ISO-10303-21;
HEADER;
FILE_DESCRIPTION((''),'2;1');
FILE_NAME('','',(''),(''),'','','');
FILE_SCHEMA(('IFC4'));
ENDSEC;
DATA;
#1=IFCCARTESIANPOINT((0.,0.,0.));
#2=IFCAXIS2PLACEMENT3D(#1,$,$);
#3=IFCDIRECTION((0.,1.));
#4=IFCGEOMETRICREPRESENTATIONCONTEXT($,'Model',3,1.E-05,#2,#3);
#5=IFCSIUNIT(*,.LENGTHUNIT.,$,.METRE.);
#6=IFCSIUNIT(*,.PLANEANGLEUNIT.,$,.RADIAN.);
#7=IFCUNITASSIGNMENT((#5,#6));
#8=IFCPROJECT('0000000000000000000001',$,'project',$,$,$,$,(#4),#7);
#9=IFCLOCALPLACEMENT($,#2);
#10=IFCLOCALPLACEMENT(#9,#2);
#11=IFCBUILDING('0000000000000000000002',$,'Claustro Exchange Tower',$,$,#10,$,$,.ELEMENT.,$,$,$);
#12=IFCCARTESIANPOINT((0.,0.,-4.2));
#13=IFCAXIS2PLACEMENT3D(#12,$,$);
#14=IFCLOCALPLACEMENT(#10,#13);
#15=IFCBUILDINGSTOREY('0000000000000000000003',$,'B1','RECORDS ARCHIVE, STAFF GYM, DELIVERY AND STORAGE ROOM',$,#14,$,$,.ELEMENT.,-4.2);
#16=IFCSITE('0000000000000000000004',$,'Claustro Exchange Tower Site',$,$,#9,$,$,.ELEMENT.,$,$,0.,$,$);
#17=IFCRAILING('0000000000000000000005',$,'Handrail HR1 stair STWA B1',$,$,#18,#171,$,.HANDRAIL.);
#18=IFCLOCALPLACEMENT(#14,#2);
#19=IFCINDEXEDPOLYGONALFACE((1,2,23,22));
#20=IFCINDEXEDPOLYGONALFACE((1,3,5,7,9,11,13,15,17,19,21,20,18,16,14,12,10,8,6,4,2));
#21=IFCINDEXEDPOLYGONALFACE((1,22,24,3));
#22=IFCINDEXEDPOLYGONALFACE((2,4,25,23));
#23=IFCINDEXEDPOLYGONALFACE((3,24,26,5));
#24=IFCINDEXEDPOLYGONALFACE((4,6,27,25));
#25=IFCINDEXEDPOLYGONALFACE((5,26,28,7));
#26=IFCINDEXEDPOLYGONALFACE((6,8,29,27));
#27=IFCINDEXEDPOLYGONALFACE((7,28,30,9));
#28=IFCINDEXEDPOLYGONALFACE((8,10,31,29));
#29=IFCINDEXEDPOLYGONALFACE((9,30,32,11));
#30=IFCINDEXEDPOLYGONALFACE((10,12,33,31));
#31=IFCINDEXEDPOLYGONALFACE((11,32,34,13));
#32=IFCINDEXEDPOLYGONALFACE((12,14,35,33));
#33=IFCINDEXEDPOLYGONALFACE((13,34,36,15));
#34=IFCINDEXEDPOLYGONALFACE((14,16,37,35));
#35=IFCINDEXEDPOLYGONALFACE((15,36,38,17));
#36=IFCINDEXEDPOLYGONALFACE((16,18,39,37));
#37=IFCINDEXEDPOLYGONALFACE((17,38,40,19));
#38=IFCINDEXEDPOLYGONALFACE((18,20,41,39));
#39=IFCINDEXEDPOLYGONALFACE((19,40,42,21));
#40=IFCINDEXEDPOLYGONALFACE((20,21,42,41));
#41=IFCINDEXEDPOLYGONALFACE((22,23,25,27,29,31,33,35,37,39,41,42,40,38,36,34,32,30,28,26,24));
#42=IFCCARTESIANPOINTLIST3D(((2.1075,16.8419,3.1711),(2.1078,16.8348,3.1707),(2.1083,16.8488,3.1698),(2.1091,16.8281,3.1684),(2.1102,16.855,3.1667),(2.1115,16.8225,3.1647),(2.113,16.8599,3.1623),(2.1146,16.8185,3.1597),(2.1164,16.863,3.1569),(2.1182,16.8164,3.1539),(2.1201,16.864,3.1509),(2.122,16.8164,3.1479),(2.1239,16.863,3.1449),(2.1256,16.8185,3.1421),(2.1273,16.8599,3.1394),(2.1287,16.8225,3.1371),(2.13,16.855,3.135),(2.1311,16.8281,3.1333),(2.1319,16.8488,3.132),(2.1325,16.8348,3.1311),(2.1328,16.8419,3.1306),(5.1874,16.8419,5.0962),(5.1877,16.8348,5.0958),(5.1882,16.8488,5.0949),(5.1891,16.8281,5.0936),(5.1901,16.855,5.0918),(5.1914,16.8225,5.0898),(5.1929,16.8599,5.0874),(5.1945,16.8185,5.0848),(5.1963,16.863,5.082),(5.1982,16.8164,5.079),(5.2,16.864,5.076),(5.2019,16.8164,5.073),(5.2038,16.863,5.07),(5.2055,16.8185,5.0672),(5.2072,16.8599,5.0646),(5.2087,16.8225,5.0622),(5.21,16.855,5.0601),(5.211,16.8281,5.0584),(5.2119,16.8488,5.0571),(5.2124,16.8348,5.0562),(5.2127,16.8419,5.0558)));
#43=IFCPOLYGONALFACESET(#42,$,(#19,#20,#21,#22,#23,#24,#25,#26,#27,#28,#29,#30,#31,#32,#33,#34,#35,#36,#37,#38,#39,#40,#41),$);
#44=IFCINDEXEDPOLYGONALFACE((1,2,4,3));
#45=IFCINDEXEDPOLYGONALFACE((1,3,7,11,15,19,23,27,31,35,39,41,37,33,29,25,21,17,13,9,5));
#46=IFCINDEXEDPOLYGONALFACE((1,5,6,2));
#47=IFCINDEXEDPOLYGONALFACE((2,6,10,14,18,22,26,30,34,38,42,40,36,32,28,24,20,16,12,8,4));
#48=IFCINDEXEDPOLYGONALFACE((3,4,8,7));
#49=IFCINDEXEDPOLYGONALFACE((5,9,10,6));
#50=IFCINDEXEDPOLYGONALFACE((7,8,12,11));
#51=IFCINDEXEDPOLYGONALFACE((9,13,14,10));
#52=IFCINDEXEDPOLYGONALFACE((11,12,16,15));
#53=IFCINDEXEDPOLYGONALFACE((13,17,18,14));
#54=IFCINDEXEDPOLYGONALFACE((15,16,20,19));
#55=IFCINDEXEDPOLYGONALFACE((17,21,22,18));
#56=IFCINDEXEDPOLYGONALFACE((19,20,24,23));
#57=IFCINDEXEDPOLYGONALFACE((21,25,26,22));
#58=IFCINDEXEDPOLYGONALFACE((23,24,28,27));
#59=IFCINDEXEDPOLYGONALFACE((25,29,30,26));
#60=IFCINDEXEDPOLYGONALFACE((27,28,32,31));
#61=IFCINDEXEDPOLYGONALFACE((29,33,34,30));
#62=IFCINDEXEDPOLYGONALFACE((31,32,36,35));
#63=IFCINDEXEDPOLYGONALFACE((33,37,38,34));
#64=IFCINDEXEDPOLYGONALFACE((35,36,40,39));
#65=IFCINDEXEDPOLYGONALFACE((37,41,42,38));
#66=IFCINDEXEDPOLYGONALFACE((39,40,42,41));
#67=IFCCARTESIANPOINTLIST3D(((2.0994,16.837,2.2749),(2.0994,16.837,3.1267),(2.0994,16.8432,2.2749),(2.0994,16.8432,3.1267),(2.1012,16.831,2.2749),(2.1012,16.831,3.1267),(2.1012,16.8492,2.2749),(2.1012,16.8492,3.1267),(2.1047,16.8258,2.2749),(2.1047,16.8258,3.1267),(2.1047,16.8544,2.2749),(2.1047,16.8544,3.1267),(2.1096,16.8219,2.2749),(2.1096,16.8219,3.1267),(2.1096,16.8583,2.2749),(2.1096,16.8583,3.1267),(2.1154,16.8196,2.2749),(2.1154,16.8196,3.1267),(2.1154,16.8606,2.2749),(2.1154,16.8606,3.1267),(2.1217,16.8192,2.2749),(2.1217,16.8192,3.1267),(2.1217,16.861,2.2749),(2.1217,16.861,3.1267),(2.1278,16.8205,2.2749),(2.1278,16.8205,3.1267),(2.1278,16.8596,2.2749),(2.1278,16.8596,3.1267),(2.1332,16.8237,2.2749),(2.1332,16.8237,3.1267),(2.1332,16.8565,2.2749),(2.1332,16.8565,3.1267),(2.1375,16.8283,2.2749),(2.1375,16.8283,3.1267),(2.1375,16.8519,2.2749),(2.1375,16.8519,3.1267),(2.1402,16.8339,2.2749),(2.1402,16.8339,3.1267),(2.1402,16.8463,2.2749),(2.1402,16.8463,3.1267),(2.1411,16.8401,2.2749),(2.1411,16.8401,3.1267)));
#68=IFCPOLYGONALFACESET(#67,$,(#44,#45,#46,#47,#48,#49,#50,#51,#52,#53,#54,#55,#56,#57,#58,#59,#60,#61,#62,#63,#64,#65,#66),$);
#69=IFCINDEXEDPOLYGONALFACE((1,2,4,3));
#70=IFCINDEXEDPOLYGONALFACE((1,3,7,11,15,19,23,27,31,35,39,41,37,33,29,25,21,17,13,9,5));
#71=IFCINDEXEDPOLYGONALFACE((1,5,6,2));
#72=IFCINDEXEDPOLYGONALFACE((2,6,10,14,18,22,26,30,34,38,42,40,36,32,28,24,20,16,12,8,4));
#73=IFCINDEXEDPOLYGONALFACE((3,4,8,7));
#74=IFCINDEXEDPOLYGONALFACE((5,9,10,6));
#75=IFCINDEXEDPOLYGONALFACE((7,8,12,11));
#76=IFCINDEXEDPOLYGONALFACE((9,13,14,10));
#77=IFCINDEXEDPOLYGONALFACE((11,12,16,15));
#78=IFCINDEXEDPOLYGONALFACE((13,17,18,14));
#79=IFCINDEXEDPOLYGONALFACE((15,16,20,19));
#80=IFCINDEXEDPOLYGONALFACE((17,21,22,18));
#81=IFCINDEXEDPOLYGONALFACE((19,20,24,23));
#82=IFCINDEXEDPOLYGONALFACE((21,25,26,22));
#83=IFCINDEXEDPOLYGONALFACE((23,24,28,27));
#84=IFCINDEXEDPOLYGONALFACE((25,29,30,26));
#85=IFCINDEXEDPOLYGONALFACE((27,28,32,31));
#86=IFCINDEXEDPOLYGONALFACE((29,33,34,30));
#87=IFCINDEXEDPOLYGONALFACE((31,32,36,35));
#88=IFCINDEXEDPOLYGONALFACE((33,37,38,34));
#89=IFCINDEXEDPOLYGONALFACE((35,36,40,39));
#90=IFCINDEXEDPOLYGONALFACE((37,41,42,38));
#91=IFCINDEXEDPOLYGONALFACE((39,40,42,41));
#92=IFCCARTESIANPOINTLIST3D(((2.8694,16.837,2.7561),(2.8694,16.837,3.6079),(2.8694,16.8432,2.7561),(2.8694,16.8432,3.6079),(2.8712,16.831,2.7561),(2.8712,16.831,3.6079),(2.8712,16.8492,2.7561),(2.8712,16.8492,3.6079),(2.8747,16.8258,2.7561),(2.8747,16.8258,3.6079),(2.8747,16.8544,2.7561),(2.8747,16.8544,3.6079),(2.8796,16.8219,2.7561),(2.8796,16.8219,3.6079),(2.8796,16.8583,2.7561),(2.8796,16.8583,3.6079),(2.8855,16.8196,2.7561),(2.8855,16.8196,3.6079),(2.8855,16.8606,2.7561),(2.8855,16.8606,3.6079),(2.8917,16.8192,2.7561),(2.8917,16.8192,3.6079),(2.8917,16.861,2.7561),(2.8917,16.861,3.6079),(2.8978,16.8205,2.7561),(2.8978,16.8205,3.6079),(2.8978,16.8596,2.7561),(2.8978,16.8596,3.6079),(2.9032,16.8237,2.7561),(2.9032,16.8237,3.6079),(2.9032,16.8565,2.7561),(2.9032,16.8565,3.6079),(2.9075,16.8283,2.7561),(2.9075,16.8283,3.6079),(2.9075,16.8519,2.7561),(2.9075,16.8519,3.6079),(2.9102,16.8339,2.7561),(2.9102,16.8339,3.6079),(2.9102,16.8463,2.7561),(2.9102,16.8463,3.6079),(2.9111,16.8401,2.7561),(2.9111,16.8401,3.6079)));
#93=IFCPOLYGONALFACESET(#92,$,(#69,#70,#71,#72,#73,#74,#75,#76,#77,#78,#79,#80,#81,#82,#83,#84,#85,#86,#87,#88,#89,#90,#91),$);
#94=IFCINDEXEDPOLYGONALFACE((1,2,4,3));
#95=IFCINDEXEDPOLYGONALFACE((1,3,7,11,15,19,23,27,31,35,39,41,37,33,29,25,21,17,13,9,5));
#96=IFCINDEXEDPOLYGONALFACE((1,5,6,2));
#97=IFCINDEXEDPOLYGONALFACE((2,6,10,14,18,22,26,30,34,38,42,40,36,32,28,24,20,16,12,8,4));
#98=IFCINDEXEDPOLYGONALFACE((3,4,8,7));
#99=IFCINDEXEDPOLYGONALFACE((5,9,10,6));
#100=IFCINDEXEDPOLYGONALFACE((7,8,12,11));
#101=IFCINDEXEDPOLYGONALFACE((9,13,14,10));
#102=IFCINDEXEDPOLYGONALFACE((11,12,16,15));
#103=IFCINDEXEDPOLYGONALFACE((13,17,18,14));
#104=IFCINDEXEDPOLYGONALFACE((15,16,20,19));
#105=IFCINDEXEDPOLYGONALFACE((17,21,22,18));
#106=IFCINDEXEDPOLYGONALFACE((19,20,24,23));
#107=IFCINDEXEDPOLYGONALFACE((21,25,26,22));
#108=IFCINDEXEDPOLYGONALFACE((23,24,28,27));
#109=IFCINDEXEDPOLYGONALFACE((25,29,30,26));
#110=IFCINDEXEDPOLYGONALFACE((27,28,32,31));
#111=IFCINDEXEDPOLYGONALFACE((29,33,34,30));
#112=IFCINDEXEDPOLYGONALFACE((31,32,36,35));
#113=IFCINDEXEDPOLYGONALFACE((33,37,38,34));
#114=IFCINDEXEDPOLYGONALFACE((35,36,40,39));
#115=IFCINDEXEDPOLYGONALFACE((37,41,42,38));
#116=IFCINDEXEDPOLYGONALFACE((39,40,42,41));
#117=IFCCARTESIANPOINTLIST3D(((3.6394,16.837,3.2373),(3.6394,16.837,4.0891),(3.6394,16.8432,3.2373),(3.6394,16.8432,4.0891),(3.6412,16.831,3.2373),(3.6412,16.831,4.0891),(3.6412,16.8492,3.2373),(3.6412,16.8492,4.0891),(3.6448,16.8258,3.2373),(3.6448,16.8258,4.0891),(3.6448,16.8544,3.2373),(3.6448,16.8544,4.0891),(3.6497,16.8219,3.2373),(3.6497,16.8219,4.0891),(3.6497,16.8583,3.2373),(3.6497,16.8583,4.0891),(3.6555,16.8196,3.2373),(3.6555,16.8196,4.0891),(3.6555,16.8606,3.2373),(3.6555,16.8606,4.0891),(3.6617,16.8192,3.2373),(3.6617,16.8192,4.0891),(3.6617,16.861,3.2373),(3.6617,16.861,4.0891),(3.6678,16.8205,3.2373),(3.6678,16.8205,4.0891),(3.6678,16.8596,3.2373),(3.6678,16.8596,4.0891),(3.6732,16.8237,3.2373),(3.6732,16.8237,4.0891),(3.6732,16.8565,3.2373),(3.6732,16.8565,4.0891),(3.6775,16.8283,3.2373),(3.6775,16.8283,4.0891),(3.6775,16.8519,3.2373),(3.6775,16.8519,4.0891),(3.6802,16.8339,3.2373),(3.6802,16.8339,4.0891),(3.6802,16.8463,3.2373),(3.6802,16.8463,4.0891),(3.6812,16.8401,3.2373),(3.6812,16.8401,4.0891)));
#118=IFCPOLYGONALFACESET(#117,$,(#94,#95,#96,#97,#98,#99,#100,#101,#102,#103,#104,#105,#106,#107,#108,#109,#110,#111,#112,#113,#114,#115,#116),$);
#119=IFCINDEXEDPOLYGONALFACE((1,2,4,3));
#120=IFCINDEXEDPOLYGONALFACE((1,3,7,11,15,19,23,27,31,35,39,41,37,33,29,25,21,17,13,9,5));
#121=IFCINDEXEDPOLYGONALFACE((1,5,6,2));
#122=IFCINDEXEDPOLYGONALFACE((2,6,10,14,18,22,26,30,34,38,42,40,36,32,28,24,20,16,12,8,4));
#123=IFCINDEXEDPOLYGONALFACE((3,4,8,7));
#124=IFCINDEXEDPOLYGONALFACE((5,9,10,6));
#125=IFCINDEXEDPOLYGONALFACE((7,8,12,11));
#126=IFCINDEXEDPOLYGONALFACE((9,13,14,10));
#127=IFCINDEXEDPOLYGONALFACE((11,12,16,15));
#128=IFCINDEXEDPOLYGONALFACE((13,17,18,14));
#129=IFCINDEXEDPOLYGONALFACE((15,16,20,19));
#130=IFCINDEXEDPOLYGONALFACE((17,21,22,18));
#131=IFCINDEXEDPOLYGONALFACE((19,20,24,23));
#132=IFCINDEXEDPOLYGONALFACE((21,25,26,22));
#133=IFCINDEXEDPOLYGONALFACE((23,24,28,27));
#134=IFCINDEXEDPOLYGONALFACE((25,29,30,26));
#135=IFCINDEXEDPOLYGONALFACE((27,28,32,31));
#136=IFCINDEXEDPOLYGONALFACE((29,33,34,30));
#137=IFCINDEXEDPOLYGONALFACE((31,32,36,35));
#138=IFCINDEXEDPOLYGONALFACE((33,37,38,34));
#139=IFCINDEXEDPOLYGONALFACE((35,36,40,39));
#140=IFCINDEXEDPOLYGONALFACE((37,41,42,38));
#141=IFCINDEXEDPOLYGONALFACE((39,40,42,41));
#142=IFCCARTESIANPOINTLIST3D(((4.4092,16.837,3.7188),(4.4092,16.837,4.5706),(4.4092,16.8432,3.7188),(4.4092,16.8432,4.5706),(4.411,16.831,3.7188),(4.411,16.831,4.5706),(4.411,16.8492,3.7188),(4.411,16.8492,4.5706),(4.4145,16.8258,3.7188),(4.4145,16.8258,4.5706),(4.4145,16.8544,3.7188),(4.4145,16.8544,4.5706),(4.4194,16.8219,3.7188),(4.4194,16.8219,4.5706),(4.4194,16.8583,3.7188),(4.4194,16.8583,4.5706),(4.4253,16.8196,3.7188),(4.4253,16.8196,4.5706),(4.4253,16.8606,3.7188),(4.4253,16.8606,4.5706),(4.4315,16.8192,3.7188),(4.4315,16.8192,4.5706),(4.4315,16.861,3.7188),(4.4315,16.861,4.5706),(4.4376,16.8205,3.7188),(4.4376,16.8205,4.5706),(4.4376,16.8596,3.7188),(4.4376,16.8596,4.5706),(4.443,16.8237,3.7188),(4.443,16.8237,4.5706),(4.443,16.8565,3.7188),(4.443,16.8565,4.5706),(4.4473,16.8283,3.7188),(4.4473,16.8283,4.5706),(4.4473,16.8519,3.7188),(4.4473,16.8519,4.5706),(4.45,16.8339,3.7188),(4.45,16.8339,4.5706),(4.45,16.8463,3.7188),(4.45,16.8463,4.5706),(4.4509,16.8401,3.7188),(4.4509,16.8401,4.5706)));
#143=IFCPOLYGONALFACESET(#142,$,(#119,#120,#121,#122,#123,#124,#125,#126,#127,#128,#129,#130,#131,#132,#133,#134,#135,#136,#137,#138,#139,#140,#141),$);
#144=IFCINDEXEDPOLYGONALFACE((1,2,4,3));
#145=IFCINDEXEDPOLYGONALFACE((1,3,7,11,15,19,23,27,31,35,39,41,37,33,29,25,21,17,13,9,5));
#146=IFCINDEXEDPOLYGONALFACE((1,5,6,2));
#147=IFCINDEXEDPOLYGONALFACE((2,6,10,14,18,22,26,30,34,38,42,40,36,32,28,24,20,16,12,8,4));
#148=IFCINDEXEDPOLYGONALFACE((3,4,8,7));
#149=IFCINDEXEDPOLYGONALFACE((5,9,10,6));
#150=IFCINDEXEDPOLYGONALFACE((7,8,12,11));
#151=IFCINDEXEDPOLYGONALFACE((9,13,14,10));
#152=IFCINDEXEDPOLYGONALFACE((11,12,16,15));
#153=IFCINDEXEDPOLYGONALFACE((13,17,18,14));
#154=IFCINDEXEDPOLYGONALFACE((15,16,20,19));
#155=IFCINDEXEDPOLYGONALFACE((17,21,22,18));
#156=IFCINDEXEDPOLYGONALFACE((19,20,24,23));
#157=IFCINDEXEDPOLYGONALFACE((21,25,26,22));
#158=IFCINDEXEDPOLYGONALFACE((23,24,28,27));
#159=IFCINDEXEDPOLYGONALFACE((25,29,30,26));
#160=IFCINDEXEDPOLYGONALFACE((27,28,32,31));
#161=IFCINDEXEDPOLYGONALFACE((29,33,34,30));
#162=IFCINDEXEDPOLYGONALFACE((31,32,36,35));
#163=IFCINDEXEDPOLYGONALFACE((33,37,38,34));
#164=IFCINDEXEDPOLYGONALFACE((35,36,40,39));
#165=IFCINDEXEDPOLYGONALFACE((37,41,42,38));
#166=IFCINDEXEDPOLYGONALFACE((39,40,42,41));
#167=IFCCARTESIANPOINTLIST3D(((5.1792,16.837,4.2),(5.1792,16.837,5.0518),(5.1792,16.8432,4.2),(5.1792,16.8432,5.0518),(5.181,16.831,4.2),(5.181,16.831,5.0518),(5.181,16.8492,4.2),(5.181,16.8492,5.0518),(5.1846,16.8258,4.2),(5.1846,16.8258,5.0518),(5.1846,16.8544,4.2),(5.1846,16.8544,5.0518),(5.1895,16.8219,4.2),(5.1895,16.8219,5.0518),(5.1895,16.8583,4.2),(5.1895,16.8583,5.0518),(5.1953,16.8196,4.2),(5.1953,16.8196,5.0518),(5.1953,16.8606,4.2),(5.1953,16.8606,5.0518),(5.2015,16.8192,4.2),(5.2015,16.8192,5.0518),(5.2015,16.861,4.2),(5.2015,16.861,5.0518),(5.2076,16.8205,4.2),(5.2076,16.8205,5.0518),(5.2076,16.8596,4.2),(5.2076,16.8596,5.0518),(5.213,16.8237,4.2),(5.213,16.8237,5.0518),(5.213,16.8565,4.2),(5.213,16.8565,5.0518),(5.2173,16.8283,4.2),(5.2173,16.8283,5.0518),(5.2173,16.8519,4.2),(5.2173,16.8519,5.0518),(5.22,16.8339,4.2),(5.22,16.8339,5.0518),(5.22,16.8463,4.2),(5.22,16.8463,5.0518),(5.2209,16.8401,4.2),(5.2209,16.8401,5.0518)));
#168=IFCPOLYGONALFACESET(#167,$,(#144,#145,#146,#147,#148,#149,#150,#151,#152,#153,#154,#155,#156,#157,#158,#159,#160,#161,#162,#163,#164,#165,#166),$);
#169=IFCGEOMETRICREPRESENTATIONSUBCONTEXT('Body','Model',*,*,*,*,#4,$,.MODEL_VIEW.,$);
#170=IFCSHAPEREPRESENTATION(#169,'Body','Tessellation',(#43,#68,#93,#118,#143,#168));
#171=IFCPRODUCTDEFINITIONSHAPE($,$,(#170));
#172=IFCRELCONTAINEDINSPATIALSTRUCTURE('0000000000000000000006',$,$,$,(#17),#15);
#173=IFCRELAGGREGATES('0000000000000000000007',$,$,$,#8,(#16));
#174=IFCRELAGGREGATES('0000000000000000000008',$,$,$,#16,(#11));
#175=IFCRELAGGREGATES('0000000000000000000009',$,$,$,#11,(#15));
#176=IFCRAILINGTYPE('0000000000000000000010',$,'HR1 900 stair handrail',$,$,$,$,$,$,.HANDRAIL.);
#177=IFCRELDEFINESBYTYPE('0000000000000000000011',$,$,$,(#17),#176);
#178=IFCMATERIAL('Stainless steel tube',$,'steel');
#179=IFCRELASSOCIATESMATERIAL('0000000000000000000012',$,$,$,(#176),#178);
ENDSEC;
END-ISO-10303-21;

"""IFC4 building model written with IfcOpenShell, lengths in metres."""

from ifc_helpers import new_model, si_unit, direction, frame, origin, origin_2d, place, context, subcontext, project, spatial, circle, extrude, material, type_object, element, save


model = new_model("IFC4")

# Units and contexts
model_context = context("Model", 3, precision=1e-05, world=origin(), true_north=direction((0.0, 1.0)))
body_context = subcontext(model_context, "Body", "Model", "MODEL_VIEW")
ifc_project = project(units=[si_unit("LENGTHUNIT", "METRE"), si_unit("PLANEANGLEUNIT", "RADIAN")], contexts=[model_context])

# Site, building, storey
site_placement = place(None, origin())
site = spatial("IfcSite", under=ifc_project, at=site_placement, Name="Claustro Exchange Tower Site", CompositionType="ELEMENT", RefElevation=0.0)
building_placement = place(site_placement, origin())
building = spatial("IfcBuilding", under=site, at=building_placement, Name="Claustro Exchange Tower", CompositionType="ELEMENT")
storey_placement = place(building_placement, frame((0.0, 0.0, -4.2)))
storey = spatial("IfcBuildingStorey", under=building, at=storey_placement, Name="B1", Description="RECORDS ARCHIVE, STAFF GYM, DELIVERY AND STORAGE ROOM", CompositionType="ELEMENT", Elevation=-4.2)

# Railing
ifc_material_1 = material(Name="Stainless steel tube", Category="steel")
railing_type_1 = type_object("IfcRailingType", Name="HR1 900 stair handrail", PredefinedType="HANDRAIL", material=ifc_material_1)
for number, where, name in (
    (1, (2.1201, 16.8401, 2.2749), "Handrail HR1 stair STWA B1"),
):
    element("IfcRailing", number, at=place(storey_placement, frame(where)), inside=storey, type_object=railing_type_1, Name=name, PredefinedType="HANDRAIL", context=body_context, shape_type="SweptSolid", body=[
        extrude(circle(Radius=0.0239, at=origin_2d()), frame((0.0, 0.0, 0.876), z_axis=(0.847979, 0.0, 0.530029), x_axis=(0.0, 1.0, 0.0)), (0.0, 0.0, 1.0), 3.6321),
        extrude(circle(Radius=0.021, at=origin_2d()), origin(), (0.0, 0.0, 1.0), 0.8518),
        extrude(circle(Radius=0.021, at=origin_2d()), frame((0.77, 0.0, 0.4812)), (0.0, 0.0, 1.0), 0.8518),
        extrude(circle(Radius=0.021, at=origin_2d()), frame((1.54, 0.0, 0.9624)), (0.0, 0.0, 1.0), 0.8518),
        extrude(circle(Radius=0.021, at=origin_2d()), frame((2.3098, 0.0, 1.4438)), (0.0, 0.0, 1.0), 0.8518),
        extrude(circle(Radius=0.021, at=origin_2d()), frame((3.0798, 0.0, 1.925)), (0.0, 0.0, 1.0), 0.8518),
    ])

save(model, "model.ifc")
